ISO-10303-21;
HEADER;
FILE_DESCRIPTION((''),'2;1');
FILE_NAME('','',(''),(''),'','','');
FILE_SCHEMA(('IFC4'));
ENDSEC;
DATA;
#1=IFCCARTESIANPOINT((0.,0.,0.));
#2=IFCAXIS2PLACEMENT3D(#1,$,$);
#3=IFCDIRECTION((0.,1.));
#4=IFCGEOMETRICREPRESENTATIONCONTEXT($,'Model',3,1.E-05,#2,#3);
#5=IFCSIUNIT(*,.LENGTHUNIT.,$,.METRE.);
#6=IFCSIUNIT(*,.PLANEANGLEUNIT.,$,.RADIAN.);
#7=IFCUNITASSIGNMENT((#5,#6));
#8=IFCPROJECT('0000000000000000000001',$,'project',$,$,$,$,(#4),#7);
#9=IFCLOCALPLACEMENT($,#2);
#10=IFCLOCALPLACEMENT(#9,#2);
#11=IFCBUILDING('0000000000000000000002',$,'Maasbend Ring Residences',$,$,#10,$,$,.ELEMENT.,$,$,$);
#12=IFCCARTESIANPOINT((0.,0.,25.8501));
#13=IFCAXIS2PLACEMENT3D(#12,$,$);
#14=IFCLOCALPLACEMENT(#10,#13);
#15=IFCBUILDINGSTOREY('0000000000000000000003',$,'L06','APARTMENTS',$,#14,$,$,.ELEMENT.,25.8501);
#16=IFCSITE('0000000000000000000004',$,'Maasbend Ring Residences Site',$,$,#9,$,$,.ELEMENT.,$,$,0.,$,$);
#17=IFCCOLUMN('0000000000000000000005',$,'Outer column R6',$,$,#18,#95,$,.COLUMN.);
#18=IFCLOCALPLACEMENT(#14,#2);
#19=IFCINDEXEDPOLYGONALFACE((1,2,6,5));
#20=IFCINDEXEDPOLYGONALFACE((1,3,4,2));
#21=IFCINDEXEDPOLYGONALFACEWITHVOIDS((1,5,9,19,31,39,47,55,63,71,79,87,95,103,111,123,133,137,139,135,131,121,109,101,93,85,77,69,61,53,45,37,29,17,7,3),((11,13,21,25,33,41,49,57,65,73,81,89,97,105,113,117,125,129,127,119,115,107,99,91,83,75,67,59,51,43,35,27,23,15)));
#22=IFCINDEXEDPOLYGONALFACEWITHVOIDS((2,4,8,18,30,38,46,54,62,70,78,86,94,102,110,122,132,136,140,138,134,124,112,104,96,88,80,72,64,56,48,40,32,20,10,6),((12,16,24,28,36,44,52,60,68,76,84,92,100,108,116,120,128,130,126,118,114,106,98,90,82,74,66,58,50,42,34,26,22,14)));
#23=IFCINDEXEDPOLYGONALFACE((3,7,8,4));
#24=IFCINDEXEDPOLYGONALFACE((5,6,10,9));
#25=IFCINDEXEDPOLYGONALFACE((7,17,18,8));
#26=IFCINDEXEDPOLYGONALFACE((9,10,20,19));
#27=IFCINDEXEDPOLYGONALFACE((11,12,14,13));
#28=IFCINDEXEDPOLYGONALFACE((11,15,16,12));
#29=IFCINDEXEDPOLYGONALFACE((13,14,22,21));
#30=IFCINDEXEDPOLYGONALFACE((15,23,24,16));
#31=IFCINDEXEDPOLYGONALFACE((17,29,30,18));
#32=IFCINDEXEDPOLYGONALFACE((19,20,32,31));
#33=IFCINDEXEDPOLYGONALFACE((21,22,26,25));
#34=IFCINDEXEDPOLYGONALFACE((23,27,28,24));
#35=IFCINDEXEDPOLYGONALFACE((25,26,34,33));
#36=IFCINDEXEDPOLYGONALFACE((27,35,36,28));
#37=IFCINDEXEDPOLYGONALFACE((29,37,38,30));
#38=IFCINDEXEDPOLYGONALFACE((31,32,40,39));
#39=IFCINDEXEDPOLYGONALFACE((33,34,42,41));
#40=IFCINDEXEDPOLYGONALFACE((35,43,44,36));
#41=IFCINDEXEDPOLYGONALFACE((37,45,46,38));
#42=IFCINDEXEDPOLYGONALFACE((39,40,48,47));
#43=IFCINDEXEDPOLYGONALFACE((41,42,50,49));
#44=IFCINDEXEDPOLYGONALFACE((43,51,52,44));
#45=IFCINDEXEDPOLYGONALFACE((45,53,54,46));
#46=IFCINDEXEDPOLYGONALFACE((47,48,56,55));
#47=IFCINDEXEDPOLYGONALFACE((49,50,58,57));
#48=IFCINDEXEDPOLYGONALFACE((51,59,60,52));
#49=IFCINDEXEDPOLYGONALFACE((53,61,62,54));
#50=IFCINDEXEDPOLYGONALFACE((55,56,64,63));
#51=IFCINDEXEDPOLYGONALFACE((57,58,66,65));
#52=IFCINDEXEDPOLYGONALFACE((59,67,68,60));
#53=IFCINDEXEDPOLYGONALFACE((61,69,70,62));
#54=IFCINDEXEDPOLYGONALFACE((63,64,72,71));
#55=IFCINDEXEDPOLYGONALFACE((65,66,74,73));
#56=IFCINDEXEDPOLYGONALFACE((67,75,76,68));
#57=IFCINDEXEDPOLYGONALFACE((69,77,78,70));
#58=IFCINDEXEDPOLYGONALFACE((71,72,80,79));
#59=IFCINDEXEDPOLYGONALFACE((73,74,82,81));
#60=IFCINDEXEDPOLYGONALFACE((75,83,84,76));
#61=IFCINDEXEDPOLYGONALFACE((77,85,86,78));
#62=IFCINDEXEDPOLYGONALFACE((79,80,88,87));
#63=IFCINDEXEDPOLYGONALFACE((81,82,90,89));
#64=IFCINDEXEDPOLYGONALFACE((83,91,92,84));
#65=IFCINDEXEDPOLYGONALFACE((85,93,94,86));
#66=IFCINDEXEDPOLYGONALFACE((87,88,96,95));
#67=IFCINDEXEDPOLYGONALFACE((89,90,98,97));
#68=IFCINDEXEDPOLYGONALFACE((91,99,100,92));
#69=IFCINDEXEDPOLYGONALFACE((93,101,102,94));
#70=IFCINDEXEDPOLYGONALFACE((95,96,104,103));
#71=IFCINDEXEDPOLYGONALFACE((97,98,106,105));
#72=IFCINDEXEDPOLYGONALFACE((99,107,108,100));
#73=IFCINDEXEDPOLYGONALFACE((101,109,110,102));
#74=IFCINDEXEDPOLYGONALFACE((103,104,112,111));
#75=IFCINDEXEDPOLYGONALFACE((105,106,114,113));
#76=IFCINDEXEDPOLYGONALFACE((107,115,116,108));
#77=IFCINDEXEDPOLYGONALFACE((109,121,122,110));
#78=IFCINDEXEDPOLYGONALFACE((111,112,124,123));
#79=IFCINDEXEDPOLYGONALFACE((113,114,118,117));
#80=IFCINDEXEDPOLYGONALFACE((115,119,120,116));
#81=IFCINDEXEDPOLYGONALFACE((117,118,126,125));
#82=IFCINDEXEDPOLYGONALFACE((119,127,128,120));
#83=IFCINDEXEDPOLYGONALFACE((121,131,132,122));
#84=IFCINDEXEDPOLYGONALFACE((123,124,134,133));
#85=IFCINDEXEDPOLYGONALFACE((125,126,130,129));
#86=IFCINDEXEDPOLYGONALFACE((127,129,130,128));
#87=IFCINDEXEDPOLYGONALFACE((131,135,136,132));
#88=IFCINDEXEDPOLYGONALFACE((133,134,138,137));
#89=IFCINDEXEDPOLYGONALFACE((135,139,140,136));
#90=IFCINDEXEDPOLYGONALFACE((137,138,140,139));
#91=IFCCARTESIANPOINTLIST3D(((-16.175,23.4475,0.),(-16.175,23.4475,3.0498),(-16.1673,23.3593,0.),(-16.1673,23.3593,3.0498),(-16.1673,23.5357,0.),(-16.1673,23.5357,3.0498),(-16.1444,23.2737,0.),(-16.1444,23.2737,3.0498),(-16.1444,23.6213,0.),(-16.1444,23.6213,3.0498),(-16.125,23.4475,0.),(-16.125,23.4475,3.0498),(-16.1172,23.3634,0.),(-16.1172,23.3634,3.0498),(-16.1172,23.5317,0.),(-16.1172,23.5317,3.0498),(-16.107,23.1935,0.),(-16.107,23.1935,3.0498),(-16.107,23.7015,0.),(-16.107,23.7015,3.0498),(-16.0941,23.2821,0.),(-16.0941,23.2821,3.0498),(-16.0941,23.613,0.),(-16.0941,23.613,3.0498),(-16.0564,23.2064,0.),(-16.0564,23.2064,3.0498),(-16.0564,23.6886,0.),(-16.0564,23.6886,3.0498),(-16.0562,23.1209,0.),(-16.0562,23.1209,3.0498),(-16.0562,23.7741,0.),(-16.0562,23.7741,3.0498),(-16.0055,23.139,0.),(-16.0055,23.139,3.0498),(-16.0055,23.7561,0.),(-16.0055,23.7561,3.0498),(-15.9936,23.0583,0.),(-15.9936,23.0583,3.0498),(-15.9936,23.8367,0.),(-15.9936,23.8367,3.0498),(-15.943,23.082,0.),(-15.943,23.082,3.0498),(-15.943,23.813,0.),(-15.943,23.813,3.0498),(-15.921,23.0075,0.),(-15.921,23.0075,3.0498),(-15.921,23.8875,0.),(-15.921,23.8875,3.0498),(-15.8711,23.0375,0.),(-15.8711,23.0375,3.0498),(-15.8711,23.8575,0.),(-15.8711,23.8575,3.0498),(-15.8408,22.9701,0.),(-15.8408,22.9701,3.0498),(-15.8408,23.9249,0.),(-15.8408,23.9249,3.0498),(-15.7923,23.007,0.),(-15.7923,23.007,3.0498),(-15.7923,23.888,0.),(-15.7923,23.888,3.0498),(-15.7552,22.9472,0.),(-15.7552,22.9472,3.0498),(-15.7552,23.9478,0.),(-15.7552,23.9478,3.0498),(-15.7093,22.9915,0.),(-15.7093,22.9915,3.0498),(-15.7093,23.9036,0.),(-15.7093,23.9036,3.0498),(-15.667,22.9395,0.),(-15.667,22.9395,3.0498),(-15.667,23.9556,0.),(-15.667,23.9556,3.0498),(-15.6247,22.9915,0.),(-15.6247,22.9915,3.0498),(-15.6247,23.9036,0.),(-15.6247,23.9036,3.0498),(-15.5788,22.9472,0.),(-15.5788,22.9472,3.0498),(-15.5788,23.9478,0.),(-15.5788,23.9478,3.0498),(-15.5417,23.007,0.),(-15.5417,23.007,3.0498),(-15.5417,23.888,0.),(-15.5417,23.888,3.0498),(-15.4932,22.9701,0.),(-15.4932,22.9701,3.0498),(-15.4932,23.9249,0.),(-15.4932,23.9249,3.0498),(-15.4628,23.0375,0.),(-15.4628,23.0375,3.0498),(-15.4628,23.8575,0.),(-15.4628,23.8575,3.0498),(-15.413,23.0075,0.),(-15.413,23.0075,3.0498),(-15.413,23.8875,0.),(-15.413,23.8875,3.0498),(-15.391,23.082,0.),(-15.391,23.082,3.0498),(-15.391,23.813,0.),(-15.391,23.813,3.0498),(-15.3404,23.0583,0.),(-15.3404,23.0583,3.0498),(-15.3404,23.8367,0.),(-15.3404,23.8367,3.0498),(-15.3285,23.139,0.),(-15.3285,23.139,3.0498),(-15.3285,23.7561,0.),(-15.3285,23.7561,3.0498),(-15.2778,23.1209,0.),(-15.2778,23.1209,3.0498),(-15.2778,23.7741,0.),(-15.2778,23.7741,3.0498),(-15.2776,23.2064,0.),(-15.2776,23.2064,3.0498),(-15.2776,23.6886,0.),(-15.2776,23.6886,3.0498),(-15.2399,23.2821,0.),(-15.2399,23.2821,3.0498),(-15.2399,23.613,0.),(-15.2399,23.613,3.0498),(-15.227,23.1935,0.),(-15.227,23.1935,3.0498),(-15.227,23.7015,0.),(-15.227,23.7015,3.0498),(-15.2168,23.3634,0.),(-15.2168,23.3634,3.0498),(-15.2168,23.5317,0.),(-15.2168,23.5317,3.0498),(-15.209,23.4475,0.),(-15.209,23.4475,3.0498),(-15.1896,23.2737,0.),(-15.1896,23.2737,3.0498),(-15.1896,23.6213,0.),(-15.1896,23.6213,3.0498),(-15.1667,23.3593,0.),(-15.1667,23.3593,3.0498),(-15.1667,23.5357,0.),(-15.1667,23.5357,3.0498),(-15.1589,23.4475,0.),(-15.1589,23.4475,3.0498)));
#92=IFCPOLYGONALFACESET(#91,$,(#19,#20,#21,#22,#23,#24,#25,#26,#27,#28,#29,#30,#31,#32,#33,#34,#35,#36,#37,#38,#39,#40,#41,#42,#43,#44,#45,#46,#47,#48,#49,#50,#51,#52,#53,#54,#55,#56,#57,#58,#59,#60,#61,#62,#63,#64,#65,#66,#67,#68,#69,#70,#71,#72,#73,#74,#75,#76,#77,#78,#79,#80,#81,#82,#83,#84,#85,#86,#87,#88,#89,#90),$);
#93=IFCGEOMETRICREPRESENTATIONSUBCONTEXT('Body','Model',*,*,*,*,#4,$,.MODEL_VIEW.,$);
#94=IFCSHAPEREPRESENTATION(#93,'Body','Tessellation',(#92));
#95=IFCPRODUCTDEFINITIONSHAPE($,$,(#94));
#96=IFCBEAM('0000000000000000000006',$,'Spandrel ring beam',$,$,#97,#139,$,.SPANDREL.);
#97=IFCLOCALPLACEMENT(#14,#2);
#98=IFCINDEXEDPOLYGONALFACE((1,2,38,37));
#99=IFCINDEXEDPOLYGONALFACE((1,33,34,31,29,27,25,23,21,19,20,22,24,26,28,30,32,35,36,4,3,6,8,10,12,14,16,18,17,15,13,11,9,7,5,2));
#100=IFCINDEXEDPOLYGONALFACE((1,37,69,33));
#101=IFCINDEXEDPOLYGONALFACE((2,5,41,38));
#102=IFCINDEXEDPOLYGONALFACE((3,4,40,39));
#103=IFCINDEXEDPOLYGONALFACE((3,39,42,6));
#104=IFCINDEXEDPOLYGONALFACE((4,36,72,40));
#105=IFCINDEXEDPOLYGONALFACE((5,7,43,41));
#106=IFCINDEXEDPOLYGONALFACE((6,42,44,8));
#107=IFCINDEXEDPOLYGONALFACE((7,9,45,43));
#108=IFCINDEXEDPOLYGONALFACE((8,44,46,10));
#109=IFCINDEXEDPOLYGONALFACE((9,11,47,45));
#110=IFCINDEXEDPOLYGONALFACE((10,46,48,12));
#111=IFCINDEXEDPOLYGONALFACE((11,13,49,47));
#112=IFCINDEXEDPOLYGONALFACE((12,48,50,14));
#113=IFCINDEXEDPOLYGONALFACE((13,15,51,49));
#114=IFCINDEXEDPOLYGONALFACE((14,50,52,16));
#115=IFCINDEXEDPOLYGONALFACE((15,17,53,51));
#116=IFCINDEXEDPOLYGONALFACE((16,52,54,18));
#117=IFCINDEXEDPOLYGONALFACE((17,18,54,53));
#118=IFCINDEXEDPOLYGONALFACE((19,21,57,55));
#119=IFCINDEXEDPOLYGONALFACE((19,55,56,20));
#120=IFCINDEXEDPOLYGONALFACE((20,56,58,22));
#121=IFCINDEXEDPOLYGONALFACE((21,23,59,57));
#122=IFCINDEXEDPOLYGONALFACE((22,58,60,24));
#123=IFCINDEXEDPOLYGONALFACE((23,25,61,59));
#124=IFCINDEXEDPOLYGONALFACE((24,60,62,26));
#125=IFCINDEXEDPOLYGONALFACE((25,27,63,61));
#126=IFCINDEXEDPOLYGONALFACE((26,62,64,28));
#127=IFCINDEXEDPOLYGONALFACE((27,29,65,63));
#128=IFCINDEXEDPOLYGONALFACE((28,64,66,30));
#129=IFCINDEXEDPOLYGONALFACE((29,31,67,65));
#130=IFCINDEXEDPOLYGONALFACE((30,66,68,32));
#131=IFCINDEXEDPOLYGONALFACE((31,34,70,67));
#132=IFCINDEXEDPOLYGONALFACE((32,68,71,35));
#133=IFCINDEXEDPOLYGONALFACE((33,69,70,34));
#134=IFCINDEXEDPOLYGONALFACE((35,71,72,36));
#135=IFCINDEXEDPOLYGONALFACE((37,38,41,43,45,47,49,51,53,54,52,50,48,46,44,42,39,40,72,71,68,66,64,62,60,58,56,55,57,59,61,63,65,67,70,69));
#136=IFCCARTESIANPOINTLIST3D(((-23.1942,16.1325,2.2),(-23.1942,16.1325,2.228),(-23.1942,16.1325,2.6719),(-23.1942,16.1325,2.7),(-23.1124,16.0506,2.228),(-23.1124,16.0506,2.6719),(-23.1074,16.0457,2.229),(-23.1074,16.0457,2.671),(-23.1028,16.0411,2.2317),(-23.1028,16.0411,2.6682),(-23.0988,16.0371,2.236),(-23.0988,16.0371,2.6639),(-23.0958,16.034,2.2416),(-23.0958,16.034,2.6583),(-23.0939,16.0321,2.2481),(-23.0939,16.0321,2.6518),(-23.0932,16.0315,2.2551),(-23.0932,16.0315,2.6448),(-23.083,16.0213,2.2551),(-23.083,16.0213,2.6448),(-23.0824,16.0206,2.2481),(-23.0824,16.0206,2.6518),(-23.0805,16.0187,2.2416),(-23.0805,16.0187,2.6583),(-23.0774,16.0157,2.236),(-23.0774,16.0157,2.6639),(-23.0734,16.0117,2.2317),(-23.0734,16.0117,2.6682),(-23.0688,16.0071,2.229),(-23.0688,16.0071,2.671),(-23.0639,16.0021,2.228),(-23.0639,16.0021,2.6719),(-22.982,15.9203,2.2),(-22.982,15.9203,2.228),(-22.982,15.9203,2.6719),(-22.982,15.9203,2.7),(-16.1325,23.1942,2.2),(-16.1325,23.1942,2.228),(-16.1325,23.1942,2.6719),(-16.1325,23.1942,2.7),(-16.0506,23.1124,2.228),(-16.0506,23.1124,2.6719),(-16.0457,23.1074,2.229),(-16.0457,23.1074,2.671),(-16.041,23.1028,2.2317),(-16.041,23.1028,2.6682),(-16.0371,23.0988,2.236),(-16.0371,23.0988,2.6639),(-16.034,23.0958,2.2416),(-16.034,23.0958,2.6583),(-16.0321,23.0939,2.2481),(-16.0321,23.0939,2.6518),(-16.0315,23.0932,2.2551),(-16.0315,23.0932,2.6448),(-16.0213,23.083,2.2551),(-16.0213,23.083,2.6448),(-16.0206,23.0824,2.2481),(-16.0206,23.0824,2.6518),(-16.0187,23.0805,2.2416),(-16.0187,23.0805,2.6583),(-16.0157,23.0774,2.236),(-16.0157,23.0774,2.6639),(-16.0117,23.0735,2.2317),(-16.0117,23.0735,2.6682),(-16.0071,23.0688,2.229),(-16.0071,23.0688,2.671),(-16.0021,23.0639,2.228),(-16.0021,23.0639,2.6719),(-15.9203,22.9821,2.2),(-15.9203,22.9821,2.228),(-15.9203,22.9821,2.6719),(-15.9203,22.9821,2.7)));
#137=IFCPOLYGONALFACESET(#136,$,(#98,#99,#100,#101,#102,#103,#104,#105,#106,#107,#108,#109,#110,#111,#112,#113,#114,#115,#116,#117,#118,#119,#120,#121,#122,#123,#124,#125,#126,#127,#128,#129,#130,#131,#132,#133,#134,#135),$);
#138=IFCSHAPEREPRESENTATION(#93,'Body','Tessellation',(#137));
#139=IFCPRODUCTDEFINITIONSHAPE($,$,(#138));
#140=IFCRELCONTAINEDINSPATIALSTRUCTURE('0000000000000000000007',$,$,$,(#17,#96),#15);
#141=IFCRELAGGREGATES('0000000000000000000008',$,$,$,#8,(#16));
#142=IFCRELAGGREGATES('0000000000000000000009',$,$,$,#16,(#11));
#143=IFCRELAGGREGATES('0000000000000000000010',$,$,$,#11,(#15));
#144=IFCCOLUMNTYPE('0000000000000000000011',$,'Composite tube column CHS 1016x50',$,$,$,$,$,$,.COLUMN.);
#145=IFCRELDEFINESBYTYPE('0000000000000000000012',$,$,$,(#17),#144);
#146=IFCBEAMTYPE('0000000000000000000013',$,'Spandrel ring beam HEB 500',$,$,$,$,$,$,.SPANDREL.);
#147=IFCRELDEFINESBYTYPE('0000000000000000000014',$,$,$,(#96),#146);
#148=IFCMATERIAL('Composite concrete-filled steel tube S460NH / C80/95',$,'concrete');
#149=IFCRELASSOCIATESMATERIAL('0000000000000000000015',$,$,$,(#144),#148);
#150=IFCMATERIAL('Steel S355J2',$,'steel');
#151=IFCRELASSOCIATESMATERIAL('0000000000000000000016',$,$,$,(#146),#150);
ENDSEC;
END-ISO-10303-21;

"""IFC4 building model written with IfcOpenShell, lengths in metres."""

from ifc_helpers import new_model, si_unit, direction, frame, origin, origin_2d, place, context, subcontext, project, spatial, hollow_circle, i_section, extrude, material, material_profile, profile_set, type_object, element, save


model = new_model("IFC4")

# Units and contexts
model_context = context("Model", 3, precision=1e-05, world=origin(), true_north=direction((0.0, 1.0)))
body_context = subcontext(model_context, "Body", "Model", "MODEL_VIEW")
ifc_project = project(units=[si_unit("LENGTHUNIT", "METRE"), si_unit("PLANEANGLEUNIT", "RADIAN")], contexts=[model_context])

# Site, building, storey
site_placement = place(None, origin())
site = spatial("IfcSite", under=ifc_project, at=site_placement, Name="Maasbend Ring Residences Site", CompositionType="ELEMENT", RefElevation=0.0)
building_placement = place(site_placement, origin())
building = spatial("IfcBuilding", under=site, at=building_placement, Name="Maasbend Ring Residences", CompositionType="ELEMENT")
storey_placement = place(building_placement, frame((0.0, 0.0, 25.8501)))
storey = spatial("IfcBuildingStorey", under=building, at=storey_placement, Name="L06", Description="APARTMENTS", CompositionType="ELEMENT", Elevation=25.8501)

# Column
ifc_material_1 = material(Name="Composite concrete-filled steel tube S460NH / C80/95", Category="concrete")
ifc_material_profile_1 = material_profile(ifc_material_1, hollow_circle(Radius=0.5081, WallThickness=0.05, at=origin_2d()), Name="Composite tube column CHS 1016x50")
ifc_profile_set_1 = profile_set([ifc_material_profile_1], Name="Composite concrete-filled steel tube S460NH / C80/95")
column_type = type_object("IfcColumnType", Name="Composite tube column CHS 1016x50", PredefinedType="COLUMN", material=ifc_profile_set_1)
column_placement = place(storey_placement, frame((-15.667, 23.4475, 0.0), z_axis=(0.0, 0.0, 1.0), x_axis=(1.0, 0.0, 0.0)))
element("IfcColumn", 1, at=column_placement, inside=storey, type_object=column_type, Name="Outer column R6", PredefinedType="COLUMN", context=body_context, shape_type="SweptSolid", body=[
    extrude(hollow_circle(Radius=0.5081, WallThickness=0.05, at=origin_2d()), origin(), (0.0, 0.0, 1.0), 3.0498),
])

# Beam
ifc_material_2 = material(Name="Steel S355J2", Category="steel")
ifc_material_profile_2 = material_profile(ifc_material_2, i_section(OverallWidth=0.3, OverallDepth=0.5, WebThickness=0.0144, FlangeThickness=0.0281, FilletRadius=0.0271, at=origin_2d()), Name="HEB 500")
ifc_profile_set_2 = profile_set([ifc_material_profile_2], Name="Steel S355J2")
beam_type = type_object("IfcBeamType", Name="Spandrel ring beam HEB 500", PredefinedType="SPANDREL", material=ifc_profile_set_2)
beam_placement = place(storey_placement, frame((-16.0264, 23.0881, 2.45), z_axis=(-0.707107, -0.707107, 0.0), x_axis=(0.707107, -0.707107, 0.0)))
element("IfcBeam", 2, at=beam_placement, inside=storey, type_object=beam_type, Name="Spandrel ring beam", PredefinedType="SPANDREL", context=body_context, shape_type="SweptSolid", body=[
    extrude(i_section(OverallWidth=0.3, OverallDepth=0.5, WebThickness=0.0144, FlangeThickness=0.0281, FilletRadius=0.0271, at=origin_2d()), origin(), (0.0, 0.0, 1.0), 9.9868),
])

save(model, "model.ifc")
